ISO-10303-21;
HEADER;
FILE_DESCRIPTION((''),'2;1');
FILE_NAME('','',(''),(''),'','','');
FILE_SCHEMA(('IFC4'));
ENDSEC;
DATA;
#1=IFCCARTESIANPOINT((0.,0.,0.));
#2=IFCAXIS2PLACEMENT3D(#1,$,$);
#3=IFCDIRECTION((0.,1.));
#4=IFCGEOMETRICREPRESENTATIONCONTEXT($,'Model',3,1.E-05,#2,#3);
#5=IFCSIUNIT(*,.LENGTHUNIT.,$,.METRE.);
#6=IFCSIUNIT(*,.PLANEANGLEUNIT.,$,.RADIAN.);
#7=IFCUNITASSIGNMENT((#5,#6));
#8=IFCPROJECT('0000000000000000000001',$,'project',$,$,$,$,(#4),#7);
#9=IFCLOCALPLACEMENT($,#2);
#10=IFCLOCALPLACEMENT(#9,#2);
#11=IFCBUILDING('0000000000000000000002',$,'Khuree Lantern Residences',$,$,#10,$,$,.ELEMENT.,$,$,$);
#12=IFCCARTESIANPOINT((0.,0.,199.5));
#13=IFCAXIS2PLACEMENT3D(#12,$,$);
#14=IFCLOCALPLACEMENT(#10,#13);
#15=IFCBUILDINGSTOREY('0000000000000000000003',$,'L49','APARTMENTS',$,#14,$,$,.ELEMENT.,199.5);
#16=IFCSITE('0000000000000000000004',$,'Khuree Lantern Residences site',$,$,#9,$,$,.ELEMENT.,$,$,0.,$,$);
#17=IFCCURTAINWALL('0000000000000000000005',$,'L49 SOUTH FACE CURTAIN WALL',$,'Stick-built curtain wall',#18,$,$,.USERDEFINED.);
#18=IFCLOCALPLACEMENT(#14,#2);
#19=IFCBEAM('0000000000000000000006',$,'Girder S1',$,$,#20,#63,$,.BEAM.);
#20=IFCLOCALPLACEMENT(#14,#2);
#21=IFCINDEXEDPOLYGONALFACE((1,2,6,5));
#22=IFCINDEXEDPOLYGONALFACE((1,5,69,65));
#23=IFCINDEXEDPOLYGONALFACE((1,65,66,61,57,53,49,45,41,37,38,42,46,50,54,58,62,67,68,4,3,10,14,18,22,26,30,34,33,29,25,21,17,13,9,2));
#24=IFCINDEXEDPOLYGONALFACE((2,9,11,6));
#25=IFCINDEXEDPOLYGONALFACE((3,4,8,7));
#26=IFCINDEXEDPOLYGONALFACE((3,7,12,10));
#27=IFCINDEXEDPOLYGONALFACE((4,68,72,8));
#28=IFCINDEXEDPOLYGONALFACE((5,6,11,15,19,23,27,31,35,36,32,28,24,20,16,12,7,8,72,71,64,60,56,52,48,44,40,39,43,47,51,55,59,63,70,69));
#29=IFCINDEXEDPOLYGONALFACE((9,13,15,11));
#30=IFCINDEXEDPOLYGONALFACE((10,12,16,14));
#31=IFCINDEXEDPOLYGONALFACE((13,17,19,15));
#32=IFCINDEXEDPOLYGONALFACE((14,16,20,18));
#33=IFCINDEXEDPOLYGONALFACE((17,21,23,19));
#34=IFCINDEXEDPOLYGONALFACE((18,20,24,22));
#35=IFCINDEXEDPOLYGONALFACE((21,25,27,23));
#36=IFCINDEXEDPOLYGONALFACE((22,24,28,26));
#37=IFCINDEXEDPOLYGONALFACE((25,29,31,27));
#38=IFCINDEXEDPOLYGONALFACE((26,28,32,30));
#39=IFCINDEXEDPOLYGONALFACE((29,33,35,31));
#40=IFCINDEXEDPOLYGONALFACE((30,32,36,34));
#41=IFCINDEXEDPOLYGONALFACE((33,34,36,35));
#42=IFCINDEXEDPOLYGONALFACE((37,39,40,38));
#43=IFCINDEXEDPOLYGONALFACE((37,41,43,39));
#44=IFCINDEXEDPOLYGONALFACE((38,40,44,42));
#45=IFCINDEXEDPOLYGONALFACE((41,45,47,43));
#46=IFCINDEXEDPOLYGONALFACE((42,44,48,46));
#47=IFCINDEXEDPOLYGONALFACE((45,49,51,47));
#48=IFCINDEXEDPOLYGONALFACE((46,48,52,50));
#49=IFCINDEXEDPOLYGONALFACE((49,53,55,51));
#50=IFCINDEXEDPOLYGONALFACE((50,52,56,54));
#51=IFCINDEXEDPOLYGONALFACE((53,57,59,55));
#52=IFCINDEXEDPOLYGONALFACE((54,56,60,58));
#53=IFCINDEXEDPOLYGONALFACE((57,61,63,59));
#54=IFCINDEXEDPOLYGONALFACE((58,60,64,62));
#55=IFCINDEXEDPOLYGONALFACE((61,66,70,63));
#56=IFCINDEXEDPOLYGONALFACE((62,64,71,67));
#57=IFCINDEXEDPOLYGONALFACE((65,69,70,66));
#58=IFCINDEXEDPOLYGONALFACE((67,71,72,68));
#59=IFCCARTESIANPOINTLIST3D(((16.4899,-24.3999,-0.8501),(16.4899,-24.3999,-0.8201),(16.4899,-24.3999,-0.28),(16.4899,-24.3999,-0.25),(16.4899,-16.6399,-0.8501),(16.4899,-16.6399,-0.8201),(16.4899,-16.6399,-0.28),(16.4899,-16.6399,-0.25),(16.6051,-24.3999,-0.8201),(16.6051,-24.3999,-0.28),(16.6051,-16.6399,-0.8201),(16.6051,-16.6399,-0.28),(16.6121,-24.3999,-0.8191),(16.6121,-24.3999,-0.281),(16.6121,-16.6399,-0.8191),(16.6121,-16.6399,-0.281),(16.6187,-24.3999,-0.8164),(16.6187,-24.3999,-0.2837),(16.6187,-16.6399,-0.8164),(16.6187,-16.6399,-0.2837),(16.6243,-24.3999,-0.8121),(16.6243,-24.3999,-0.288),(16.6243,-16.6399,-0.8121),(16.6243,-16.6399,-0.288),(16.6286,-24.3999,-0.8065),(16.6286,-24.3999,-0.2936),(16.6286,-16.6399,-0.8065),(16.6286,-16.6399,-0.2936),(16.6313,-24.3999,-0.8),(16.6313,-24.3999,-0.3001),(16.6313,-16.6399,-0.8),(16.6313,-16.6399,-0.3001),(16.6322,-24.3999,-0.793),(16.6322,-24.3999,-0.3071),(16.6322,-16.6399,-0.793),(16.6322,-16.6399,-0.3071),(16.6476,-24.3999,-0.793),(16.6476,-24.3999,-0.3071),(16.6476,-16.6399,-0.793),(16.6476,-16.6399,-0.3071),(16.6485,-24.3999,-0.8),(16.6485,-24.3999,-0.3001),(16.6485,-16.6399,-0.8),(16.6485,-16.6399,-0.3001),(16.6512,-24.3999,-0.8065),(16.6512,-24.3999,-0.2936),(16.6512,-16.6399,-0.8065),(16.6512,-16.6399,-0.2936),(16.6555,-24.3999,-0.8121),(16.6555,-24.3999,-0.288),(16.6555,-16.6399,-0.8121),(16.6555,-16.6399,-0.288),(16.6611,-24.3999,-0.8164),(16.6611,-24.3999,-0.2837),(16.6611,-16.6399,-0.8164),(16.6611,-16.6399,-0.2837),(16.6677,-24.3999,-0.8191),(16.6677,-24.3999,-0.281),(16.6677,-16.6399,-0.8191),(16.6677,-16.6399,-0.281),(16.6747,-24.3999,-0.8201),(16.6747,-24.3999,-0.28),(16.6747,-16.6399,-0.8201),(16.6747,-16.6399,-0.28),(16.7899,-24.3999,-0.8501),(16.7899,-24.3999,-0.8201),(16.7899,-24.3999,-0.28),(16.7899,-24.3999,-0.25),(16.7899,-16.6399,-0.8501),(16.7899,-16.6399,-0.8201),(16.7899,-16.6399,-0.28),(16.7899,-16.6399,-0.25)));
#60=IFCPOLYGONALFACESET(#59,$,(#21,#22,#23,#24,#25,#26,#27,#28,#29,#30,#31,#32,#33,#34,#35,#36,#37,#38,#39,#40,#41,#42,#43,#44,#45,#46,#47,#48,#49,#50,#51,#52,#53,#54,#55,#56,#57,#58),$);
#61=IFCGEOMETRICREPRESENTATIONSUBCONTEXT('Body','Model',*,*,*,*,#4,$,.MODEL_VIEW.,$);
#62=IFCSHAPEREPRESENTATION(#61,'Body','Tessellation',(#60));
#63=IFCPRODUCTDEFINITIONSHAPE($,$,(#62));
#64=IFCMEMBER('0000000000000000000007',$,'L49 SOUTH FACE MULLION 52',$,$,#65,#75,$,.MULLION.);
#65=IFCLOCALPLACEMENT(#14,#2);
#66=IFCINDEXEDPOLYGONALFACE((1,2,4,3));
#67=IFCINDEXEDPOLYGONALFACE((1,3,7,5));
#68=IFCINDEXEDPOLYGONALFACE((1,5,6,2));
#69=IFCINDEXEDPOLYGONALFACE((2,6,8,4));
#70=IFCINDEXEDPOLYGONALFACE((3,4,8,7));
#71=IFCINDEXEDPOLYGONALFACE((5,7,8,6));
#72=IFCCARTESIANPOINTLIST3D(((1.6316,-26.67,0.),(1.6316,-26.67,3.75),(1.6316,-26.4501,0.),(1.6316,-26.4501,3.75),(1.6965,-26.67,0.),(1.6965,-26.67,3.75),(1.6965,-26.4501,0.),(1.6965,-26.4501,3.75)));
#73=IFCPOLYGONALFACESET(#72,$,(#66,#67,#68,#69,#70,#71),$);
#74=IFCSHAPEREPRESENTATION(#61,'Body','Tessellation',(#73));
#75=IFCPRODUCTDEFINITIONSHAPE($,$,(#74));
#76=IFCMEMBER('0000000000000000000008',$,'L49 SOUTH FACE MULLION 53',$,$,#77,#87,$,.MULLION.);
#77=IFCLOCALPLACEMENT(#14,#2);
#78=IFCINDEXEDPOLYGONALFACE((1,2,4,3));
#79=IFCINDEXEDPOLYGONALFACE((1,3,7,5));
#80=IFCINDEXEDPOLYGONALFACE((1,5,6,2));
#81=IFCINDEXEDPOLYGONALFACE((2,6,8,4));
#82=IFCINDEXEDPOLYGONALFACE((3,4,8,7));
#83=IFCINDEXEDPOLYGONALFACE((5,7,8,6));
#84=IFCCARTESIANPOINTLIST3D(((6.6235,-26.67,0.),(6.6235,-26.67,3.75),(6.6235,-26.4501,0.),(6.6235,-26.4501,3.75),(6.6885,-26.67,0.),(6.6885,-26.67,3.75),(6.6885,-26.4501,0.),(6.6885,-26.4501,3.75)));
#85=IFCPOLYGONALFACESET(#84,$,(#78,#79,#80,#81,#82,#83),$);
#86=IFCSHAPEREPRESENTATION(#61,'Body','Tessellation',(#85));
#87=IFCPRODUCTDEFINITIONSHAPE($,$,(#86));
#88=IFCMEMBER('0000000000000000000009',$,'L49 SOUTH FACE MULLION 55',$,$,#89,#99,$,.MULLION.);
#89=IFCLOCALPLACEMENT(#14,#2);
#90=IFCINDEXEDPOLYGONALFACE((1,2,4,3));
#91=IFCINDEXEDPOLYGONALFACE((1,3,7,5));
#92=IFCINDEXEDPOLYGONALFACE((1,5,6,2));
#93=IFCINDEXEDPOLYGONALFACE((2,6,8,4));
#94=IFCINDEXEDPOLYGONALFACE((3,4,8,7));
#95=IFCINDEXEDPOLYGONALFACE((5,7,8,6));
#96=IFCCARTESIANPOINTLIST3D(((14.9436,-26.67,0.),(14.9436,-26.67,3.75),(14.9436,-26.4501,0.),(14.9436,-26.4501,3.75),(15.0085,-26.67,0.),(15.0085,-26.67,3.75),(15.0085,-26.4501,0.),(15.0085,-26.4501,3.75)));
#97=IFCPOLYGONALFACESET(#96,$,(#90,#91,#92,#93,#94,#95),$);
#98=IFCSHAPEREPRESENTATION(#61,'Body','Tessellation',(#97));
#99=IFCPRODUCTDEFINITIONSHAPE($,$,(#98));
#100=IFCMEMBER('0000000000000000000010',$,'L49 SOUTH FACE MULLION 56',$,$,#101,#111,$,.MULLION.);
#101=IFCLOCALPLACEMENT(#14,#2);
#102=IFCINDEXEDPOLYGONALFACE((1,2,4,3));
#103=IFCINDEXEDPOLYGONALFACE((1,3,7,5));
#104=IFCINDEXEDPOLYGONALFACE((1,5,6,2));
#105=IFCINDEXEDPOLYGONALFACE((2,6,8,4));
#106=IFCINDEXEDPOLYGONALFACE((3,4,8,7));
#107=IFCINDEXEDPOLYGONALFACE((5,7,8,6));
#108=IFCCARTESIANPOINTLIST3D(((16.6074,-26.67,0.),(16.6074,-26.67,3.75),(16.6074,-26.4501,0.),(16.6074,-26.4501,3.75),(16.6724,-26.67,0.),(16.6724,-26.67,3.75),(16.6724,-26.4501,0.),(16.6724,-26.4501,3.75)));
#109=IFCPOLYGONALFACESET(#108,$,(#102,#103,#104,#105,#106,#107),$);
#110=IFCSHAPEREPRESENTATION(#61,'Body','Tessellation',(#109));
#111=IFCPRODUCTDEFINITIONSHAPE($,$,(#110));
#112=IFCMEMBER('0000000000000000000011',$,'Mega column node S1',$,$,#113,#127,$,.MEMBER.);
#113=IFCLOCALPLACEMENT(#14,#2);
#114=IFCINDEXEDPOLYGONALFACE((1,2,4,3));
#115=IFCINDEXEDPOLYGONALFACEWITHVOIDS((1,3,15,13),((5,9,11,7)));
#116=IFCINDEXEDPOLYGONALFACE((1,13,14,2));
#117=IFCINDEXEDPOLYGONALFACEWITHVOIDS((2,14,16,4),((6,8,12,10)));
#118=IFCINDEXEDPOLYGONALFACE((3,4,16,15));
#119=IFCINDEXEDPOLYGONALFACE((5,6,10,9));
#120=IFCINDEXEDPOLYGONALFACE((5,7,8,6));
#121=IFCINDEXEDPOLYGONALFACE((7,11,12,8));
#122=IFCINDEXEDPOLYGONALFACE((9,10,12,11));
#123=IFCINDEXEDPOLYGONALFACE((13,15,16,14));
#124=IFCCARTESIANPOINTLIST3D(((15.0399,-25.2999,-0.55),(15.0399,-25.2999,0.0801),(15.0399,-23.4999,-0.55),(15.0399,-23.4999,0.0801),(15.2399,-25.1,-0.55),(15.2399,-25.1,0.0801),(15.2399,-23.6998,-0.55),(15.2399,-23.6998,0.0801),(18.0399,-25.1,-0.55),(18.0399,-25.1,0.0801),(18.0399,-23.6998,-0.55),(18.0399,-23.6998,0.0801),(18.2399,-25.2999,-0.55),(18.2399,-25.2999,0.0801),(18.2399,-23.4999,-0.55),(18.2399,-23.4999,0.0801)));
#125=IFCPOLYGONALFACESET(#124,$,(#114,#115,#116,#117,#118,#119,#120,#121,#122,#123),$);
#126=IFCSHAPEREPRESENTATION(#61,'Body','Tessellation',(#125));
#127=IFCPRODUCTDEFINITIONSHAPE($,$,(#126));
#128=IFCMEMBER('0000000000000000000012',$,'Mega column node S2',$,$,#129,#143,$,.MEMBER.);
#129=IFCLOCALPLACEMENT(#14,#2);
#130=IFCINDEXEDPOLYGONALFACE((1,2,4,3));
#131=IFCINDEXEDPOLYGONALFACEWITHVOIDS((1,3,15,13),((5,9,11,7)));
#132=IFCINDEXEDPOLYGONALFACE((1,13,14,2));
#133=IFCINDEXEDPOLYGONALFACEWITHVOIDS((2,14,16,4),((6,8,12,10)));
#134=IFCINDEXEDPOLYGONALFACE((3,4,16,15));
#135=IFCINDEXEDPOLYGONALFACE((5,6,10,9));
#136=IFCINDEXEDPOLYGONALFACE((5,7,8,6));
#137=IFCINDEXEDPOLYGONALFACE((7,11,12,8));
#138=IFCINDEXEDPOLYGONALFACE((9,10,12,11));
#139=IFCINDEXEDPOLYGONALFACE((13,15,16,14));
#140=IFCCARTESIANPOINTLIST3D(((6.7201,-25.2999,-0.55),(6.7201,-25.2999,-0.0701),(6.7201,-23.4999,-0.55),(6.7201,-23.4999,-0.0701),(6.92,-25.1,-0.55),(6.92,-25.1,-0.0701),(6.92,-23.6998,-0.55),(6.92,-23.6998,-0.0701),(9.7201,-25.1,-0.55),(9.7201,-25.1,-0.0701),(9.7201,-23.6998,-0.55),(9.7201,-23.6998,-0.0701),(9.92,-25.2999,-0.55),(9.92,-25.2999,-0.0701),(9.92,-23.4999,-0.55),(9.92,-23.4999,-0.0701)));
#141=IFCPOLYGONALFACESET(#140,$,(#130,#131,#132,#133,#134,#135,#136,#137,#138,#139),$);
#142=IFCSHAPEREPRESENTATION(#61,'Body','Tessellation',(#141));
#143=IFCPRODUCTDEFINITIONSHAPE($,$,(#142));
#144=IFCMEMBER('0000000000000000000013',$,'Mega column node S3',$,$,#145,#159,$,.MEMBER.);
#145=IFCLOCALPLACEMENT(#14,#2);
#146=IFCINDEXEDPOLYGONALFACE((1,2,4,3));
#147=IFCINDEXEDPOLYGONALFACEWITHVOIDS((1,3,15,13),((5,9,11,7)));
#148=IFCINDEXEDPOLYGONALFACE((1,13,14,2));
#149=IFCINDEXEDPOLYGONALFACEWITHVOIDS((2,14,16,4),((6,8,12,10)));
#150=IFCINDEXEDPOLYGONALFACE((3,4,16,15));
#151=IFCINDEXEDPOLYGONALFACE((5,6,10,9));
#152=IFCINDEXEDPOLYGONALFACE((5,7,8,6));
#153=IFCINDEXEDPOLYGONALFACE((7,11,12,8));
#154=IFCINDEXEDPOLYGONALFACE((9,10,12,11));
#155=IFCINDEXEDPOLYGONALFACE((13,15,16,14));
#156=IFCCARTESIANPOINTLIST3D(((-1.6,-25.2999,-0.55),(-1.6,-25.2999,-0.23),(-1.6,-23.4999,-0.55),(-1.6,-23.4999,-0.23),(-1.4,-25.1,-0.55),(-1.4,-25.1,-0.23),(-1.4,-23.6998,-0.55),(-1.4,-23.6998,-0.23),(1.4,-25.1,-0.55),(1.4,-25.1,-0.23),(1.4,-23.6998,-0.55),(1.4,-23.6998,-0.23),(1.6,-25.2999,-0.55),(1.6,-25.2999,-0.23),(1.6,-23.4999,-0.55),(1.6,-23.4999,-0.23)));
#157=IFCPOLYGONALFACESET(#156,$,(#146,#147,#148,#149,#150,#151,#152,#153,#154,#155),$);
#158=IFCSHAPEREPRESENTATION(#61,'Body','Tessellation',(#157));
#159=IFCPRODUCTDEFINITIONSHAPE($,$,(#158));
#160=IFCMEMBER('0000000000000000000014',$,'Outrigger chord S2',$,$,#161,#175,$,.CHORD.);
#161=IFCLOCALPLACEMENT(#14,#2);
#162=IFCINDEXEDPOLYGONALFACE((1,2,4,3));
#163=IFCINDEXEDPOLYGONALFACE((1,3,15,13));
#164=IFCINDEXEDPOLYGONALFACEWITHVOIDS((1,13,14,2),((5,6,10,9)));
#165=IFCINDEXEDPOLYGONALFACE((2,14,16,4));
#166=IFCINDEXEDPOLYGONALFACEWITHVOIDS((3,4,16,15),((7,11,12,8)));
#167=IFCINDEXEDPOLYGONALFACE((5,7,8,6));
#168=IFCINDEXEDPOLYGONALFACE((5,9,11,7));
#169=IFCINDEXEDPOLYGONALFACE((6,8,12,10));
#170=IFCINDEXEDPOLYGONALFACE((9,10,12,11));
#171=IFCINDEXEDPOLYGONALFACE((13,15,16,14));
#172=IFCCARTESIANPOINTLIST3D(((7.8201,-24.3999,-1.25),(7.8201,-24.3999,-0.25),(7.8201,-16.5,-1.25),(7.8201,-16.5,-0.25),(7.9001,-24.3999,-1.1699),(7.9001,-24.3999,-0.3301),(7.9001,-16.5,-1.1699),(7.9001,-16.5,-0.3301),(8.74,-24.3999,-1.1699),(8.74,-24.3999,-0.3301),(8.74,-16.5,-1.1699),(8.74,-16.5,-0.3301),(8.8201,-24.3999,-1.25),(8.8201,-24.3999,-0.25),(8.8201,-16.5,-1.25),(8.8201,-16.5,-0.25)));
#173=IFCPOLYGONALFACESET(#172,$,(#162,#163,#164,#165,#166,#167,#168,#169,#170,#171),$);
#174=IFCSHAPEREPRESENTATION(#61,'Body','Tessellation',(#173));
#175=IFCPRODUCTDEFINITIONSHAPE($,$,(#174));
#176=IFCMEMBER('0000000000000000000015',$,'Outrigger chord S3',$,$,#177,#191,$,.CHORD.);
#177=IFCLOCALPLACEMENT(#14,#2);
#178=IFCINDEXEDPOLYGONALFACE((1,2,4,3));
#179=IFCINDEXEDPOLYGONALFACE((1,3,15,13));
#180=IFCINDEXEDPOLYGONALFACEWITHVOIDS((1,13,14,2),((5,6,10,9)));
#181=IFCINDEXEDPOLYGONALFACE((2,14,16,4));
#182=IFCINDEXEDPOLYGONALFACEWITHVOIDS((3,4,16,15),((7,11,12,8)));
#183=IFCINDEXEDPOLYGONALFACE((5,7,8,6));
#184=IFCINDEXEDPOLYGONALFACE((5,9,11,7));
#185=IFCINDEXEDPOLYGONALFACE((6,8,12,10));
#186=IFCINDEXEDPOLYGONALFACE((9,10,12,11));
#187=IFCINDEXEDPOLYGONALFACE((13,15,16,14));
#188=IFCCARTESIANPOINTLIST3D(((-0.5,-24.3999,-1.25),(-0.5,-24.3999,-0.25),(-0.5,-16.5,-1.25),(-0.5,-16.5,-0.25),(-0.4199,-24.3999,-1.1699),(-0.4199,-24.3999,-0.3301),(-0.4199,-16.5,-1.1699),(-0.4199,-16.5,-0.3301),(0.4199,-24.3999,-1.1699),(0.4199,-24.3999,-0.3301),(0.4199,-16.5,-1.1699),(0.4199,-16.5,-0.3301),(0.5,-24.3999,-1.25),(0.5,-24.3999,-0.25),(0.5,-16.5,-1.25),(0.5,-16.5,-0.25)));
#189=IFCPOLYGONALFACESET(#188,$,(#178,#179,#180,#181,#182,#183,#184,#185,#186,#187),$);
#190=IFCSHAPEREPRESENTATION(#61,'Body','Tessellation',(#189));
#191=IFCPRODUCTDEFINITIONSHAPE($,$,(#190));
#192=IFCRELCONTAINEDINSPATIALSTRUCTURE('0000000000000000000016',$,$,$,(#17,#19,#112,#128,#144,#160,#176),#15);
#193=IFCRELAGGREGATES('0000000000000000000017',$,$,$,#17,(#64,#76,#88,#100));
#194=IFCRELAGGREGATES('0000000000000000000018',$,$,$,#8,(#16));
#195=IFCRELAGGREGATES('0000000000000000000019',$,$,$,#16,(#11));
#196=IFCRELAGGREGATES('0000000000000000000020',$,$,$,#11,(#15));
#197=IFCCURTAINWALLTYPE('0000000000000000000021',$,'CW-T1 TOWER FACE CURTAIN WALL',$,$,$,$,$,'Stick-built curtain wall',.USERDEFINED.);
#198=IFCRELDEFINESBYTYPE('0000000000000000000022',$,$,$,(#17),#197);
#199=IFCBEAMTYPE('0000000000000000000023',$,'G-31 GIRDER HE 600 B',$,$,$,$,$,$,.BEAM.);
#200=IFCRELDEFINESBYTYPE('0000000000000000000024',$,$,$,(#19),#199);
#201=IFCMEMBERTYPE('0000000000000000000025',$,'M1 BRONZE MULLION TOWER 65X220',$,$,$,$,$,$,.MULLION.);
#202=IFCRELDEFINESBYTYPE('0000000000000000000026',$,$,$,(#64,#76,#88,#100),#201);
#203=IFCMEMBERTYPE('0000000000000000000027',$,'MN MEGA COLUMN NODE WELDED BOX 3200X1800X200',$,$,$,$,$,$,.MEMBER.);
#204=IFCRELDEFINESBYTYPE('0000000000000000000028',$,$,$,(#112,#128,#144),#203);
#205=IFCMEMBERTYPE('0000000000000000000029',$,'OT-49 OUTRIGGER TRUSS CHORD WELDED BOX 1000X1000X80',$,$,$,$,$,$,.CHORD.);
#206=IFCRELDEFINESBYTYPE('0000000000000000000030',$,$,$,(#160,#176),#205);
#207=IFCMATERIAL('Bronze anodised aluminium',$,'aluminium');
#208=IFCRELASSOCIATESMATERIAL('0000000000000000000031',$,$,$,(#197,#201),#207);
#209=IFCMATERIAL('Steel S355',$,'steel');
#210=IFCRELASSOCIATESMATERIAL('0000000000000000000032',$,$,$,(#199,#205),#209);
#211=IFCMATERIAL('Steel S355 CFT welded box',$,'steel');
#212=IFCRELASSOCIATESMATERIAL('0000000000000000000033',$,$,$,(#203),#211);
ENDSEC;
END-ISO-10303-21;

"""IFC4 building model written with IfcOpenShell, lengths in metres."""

from ifc_helpers import new_model, si_unit, direction, frame, origin, origin_2d, place, context, subcontext, project, spatial, rectangle, hollow_rectangle, i_section, extrude, material, material_profile, profile_set, type_object, element, aggregate, save


model = new_model("IFC4")

# Units and contexts
model_context = context("Model", 3, precision=1e-05, world=origin(), true_north=direction((0.0, 1.0)))
body_context = subcontext(model_context, "Body", "Model", "MODEL_VIEW")
ifc_project = project(units=[si_unit("LENGTHUNIT", "METRE"), si_unit("PLANEANGLEUNIT", "RADIAN")], contexts=[model_context])

# Site, building, storey
site_placement = place(None, origin())
site = spatial("IfcSite", under=ifc_project, at=site_placement, Name="Khuree Lantern Residences site", CompositionType="ELEMENT", RefElevation=0.0)
building_placement = place(site_placement, origin())
building = spatial("IfcBuilding", under=site, at=building_placement, Name="Khuree Lantern Residences", CompositionType="ELEMENT")
storey_placement = place(building_placement, frame((0.0, 0.0, 199.5)))
storey = spatial("IfcBuildingStorey", under=building, at=storey_placement, Name="L49", Description="APARTMENTS", CompositionType="ELEMENT", Elevation=199.5)

# Shared definitions
ifc_material_1 = material(Name="Steel S355 CFT welded box", Category="steel")

# Shared definitions
ifc_material_2 = material(Name="Steel S355", Category="steel")

# Curtain wall
ifc_material_3 = material(Name="Bronze anodised aluminium", Category="aluminium")
curtain_wall_type = type_object("IfcCurtainWallType", Name="CW-T1 TOWER FACE CURTAIN WALL", ElementType="Stick-built curtain wall", PredefinedType="USERDEFINED", material=ifc_material_3)
curtain_wall_placement = place(storey_placement, origin())
curtain_wall = element("IfcCurtainWall", 1, at=curtain_wall_placement, inside=storey, type_object=curtain_wall_type, Name="L49 SOUTH FACE CURTAIN WALL", ObjectType="Stick-built curtain wall", PredefinedType="USERDEFINED")

# Beam
ifc_material_profile_1 = material_profile(ifc_material_2, i_section(OverallWidth=0.3, OverallDepth=0.6001, WebThickness=0.0154, FlangeThickness=0.03, FilletRadius=0.0271, at=origin_2d()), Name="HE 600 B")
ifc_profile_set_1 = profile_set([ifc_material_profile_1], Name="Steel S355")
beam_type_1 = type_object("IfcBeamType", Name="G-31 GIRDER HE 600 B", PredefinedType="BEAM", material=ifc_profile_set_1)
beam_1_placement = place(storey_placement, frame((16.6399, -24.3999, -0.55), z_axis=(0.0, 1.0, 0.0), x_axis=(-1.0, 0.0, 0.0)))
element("IfcBeam", 2, at=beam_1_placement, inside=storey, type_object=beam_type_1, Name="Girder S1", PredefinedType="BEAM", context=body_context, shape_type="SweptSolid", body=[
    extrude(i_section(OverallWidth=0.3, OverallDepth=0.6001, WebThickness=0.0154, FlangeThickness=0.03, FilletRadius=0.0271, at=origin_2d()), origin(), (0.0, 0.0, 1.0), 7.76),
])

# Members
ifc_material_profile_2 = material_profile(ifc_material_3, rectangle(XDim=0.0649, YDim=0.22, at=origin_2d()), Name="M1 65X220")
ifc_profile_set_2 = profile_set([ifc_material_profile_2], Name="Bronze anodised aluminium")
member_type_1 = type_object("IfcMemberType", Name="M1 BRONZE MULLION TOWER 65X220", PredefinedType="MULLION", material=ifc_profile_set_2)
member_1_placement = place(storey_placement, frame((1.6641, -26.5601, 0.0), z_axis=(0.0, 0.0, 1.0), x_axis=(1.0, 0.0, 0.0)))
member_1 = element("IfcMember", 3, at=member_1_placement, type_object=member_type_1, Name="L49 SOUTH FACE MULLION 52", PredefinedType="MULLION", context=body_context, shape_type="SweptSolid", body=[
    extrude(rectangle(XDim=0.0649, YDim=0.22, at=origin_2d()), origin(), (0.0, 0.0, 1.0), 3.75),
])
member_2_placement = place(storey_placement, frame((6.656, -26.5601, 0.0), z_axis=(0.0, 0.0, 1.0), x_axis=(1.0, 0.0, 0.0)))
member_2 = element("IfcMember", 4, at=member_2_placement, type_object=member_type_1, Name="L49 SOUTH FACE MULLION 53", PredefinedType="MULLION", context=body_context, shape_type="SweptSolid", body=[
    extrude(rectangle(XDim=0.0649, YDim=0.22, at=origin_2d()), origin(), (0.0, 0.0, 1.0), 3.75),
])
member_3_placement = place(storey_placement, frame((14.9761, -26.5601, 0.0), z_axis=(0.0, 0.0, 1.0), x_axis=(1.0, 0.0, 0.0)))
member_3 = element("IfcMember", 5, at=member_3_placement, type_object=member_type_1, Name="L49 SOUTH FACE MULLION 55", PredefinedType="MULLION", context=body_context, shape_type="SweptSolid", body=[
    extrude(rectangle(XDim=0.0649, YDim=0.22, at=origin_2d()), origin(), (0.0, 0.0, 1.0), 3.75),
])
member_4_placement = place(storey_placement, frame((16.6399, -26.5601, 0.0), z_axis=(0.0, 0.0, 1.0), x_axis=(1.0, 0.0, 0.0)))
member_4 = element("IfcMember", 6, at=member_4_placement, type_object=member_type_1, Name="L49 SOUTH FACE MULLION 56", PredefinedType="MULLION", context=body_context, shape_type="SweptSolid", body=[
    extrude(rectangle(XDim=0.0649, YDim=0.22, at=origin_2d()), origin(), (0.0, 0.0, 1.0), 3.75),
])

# Members
ifc_material_profile_3 = material_profile(ifc_material_1, hollow_rectangle(XDim=3.2, YDim=1.8, WallThickness=0.2, at=origin_2d()), Name="WELDED BOX 3200X1800X200")
ifc_profile_set_3 = profile_set([ifc_material_profile_3], Name="Steel S355 CFT welded box")
member_type_2 = type_object("IfcMemberType", Name="MN MEGA COLUMN NODE WELDED BOX 3200X1800X200", PredefinedType="MEMBER", material=ifc_profile_set_3)
member_5_placement = place(storey_placement, frame((16.6399, -24.3999, -0.55), z_axis=(0.0, 0.0, 1.0), x_axis=(1.0, 0.0, 0.0)))
element("IfcMember", 7, at=member_5_placement, inside=storey, type_object=member_type_2, Name="Mega column node S1", PredefinedType="MEMBER", context=body_context, shape_type="SweptSolid", body=[
    extrude(hollow_rectangle(XDim=3.2, YDim=1.8, WallThickness=0.2, at=origin_2d()), origin(), (0.0, 0.0, 1.0), 0.6301),
])
member_6_placement = place(storey_placement, frame((8.3201, -24.3999, -0.55), z_axis=(0.0, 0.0, 1.0), x_axis=(1.0, 0.0, 0.0)))
element("IfcMember", 8, at=member_6_placement, inside=storey, type_object=member_type_2, Name="Mega column node S2", PredefinedType="MEMBER", context=body_context, shape_type="SweptSolid", body=[
    extrude(hollow_rectangle(XDim=3.2, YDim=1.8, WallThickness=0.2, at=origin_2d()), origin(), (0.0, 0.0, 1.0), 0.48),
])
member_7_placement = place(storey_placement, frame((0.0, -24.3999, -0.55), z_axis=(0.0, 0.0, 1.0), x_axis=(1.0, 0.0, 0.0)))
element("IfcMember", 9, at=member_7_placement, inside=storey, type_object=member_type_2, Name="Mega column node S3", PredefinedType="MEMBER", context=body_context, shape_type="SweptSolid", body=[
    extrude(hollow_rectangle(XDim=3.2, YDim=1.8, WallThickness=0.2, at=origin_2d()), origin(), (0.0, 0.0, 1.0), 0.3201),
])
ifc_material_profile_4 = material_profile(ifc_material_2, hollow_rectangle(XDim=1.0, YDim=1.0, WallThickness=0.0801, at=origin_2d()), Name="WELDED BOX 1000X1000X80")
ifc_profile_set_4 = profile_set([ifc_material_profile_4], Name="Steel S355")
member_type_3 = type_object("IfcMemberType", Name="OT-49 OUTRIGGER TRUSS CHORD WELDED BOX 1000X1000X80", PredefinedType="CHORD", material=ifc_profile_set_4)
for number, where, z_axis, x_axis, name in (
    (10, (8.3201, -24.3999, -0.75), (0.0, 1.0, 0.0), (-1.0, 0.0, 0.0), "Outrigger chord S2"),
    (11, (0.0, -24.3999, -0.75), (0.0, 1.0, 0.0), (-1.0, 0.0, 0.0), "Outrigger chord S3"),
):
    element("IfcMember", number, at=place(storey_placement, frame(where, z_axis=z_axis, x_axis=x_axis)), inside=storey, type_object=member_type_3, Name=name, PredefinedType="CHORD", context=body_context, shape_type="SweptSolid", body=[
        extrude(hollow_rectangle(XDim=1.0, YDim=1.0, WallThickness=0.0801, at=origin_2d()), origin(), (0.0, 0.0, 1.0), 7.8999),
    ])

aggregate(curtain_wall, [member_1, member_2, member_3, member_4])

save(model, "model.ifc")
